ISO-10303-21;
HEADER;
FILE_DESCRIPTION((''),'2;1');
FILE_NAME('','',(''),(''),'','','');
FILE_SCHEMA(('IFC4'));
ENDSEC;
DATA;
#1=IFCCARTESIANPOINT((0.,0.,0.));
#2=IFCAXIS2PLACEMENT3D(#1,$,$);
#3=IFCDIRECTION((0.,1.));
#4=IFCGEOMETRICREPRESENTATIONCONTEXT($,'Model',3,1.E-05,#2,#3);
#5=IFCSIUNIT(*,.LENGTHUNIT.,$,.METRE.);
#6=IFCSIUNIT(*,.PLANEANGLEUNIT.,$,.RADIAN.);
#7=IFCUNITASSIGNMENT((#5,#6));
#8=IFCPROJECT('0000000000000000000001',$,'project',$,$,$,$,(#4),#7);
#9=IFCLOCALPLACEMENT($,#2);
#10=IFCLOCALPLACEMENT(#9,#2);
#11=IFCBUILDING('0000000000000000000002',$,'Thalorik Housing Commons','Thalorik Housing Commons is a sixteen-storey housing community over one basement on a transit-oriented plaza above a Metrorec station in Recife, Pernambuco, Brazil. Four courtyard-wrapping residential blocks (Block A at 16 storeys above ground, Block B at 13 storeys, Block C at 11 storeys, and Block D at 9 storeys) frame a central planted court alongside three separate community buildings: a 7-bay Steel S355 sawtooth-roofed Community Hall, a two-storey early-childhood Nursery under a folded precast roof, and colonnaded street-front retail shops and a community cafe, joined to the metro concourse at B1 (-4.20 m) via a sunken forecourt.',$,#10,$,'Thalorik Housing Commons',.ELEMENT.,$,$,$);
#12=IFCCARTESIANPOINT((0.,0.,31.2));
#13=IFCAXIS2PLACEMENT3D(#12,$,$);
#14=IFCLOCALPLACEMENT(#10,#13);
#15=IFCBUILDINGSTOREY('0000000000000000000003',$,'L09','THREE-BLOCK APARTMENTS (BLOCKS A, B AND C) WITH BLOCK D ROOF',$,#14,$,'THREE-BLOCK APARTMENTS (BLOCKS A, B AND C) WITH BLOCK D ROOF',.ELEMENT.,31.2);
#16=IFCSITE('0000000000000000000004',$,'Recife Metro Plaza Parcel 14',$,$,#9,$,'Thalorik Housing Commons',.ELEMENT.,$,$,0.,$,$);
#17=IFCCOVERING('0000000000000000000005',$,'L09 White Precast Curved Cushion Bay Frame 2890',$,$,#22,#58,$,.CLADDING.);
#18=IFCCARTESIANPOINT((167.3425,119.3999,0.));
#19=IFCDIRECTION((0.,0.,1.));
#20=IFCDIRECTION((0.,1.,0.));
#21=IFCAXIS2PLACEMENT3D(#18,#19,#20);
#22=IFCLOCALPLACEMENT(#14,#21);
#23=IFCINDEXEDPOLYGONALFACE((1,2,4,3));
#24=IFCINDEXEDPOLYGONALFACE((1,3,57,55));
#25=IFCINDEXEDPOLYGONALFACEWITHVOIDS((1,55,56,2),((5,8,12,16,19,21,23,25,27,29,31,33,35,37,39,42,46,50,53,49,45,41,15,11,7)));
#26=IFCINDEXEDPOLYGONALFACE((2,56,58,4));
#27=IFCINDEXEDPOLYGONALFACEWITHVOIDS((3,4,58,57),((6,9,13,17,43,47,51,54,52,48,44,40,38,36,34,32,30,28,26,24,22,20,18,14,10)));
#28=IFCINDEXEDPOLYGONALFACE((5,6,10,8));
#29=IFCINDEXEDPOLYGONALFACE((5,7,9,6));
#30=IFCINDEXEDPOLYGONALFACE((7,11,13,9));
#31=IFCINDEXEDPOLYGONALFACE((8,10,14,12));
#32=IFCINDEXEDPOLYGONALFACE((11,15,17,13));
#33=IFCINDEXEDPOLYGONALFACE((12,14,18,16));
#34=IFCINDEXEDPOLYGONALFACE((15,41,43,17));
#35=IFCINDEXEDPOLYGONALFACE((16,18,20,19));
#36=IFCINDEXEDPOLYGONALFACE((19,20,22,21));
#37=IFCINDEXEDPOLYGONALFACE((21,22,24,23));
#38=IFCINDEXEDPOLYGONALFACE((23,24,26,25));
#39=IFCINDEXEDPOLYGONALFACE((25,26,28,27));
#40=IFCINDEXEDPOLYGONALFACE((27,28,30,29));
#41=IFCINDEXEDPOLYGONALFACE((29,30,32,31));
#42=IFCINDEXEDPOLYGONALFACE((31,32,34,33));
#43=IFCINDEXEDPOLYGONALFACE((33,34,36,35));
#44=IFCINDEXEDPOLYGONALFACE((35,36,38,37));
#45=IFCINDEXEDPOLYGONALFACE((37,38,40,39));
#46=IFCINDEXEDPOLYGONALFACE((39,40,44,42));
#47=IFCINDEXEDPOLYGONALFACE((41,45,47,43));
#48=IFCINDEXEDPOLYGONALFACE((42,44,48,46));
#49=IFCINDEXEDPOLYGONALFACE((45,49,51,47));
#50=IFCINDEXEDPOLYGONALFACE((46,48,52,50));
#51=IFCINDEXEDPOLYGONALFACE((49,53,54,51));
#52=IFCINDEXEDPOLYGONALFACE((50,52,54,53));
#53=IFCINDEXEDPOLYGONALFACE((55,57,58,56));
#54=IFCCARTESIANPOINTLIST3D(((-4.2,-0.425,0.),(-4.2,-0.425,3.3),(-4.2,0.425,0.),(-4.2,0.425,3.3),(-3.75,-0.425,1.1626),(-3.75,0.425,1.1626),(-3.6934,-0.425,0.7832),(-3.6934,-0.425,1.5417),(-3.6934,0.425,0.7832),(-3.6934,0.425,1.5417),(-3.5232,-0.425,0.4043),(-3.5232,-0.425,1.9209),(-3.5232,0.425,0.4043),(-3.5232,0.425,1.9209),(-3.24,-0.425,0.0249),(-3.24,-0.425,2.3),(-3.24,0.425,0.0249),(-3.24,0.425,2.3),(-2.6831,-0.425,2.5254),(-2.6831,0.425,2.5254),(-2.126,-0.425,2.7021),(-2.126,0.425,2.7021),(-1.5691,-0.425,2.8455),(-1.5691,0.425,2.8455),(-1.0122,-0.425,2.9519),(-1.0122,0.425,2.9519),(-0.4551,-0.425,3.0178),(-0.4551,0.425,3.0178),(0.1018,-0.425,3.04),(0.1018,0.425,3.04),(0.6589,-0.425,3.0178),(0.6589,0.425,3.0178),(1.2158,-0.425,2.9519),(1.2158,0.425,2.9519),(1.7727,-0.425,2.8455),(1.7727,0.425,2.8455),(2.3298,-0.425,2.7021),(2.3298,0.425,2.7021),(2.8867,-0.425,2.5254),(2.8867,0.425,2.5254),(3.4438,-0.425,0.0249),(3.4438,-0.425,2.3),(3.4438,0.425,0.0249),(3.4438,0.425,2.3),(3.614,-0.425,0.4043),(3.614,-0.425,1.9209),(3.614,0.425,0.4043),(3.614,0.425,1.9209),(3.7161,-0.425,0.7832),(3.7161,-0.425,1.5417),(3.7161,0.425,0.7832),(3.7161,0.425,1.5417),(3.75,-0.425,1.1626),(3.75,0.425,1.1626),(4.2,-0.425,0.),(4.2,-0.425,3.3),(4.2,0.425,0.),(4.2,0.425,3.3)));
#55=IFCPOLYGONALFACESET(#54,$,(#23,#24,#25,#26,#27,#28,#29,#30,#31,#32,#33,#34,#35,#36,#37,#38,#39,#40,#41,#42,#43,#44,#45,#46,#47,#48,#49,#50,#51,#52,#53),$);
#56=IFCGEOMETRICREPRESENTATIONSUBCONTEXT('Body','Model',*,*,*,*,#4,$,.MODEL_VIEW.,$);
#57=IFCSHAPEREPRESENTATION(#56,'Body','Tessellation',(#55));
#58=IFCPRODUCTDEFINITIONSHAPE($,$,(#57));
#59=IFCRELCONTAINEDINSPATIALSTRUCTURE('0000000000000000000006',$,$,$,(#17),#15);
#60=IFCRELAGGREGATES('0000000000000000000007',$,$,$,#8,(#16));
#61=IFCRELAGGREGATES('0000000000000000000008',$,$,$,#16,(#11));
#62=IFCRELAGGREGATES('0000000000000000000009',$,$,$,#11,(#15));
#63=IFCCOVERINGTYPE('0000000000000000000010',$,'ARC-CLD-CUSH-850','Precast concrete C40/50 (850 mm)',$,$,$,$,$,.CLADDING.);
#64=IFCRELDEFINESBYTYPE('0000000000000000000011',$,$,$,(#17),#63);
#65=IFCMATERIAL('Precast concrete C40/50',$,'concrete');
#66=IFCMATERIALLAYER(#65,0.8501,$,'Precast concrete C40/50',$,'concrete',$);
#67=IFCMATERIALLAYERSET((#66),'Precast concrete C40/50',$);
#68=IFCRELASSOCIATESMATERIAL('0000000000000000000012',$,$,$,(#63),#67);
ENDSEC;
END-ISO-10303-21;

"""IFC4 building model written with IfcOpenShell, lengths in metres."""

from ifc_helpers import new_model, si_unit, direction, frame, origin, place, context, subcontext, project, spatial, polyline, outline, extrude, material, layer, layer_set, type_object, element, save


model = new_model("IFC4")

# Units and contexts
model_context = context("Model", 3, precision=1e-05, world=origin(), true_north=direction((0.0, 1.0)))
body_context = subcontext(model_context, "Body", "Model", "MODEL_VIEW")
ifc_project = project(units=[si_unit("LENGTHUNIT", "METRE"), si_unit("PLANEANGLEUNIT", "RADIAN")], contexts=[model_context])

# Site, building, storey
site_placement = place(None, origin())
site = spatial("IfcSite", under=ifc_project, at=site_placement, Name="Recife Metro Plaza Parcel 14", LongName="Thalorik Housing Commons", CompositionType="ELEMENT", RefElevation=0.0)
building_placement = place(site_placement, origin())
building = spatial("IfcBuilding", under=site, at=building_placement, Name="Thalorik Housing Commons", Description="Thalorik Housing Commons is a sixteen-storey housing community over one basement on a transit-oriented plaza above a Metrorec station in Recife, Pernambuco, Brazil. Four courtyard-wrapping residential blocks (Block A at 16 storeys above ground, Block B at 13 storeys, Block C at 11 storeys, and Block D at 9 storeys) frame a central planted court alongside three separate community buildings: a 7-bay Steel S355 sawtooth-roofed Community Hall, a two-storey early-childhood Nursery under a folded precast roof, and colonnaded street-front retail shops and a community cafe, joined to the metro concourse at B1 (-4.20 m) via a sunken forecourt.", LongName="Thalorik Housing Commons", CompositionType="ELEMENT")
storey_placement = place(building_placement, frame((0.0, 0.0, 31.2)))
storey = spatial("IfcBuildingStorey", under=building, at=storey_placement, Name="L09", Description="THREE-BLOCK APARTMENTS (BLOCKS A, B AND C) WITH BLOCK D ROOF", LongName="THREE-BLOCK APARTMENTS (BLOCKS A, B AND C) WITH BLOCK D ROOF", CompositionType="ELEMENT", Elevation=31.2)

# Shared definitions
ifc_material_1 = material(Name="Precast concrete C40/50", Category="concrete")

# Covering
ifc_layer_1 = layer(ifc_material_1, 0.8501, Name="Precast concrete C40/50", Category="concrete")
ifc_layer_set_1 = layer_set([ifc_layer_1], Name="Precast concrete C40/50")
covering_type = type_object("IfcCoveringType", Name="ARC-CLD-CUSH-850", Description="Precast concrete C40/50 (850 mm)", PredefinedType="CLADDING", material=ifc_layer_set_1)
covering_placement = place(storey_placement, frame((167.3425, 119.3999, 0.0), z_axis=(0.0, 0.0, 1.0), x_axis=(0.0, 1.0, 0.0)))
element("IfcCovering", 1, at=covering_placement, inside=storey, type_object=covering_type, Name="L09 White Precast Curved Cushion Bay Frame 2890", PredefinedType="CLADDING", context=body_context, shape_type="SweptSolid", body=[
    extrude(outline(polyline([(-4.2, 0.0), (4.2, 0.0), (4.2, 3.3), (-4.2, 3.3), (-4.2, 0.0)]), holes=[polyline([(3.4438, 0.0249), (3.614, 0.4043), (3.7161, 0.7832), (3.75, 1.1626), (3.7161, 1.5417), (3.614, 1.9209), (3.4438, 2.3), (2.8867, 2.5254), (2.3298, 2.7021), (1.7727, 2.8455), (1.2158, 2.9519), (0.6589, 3.0178), (0.1018, 3.04), (-0.4551, 3.0178), (-1.0122, 2.9519), (-1.5691, 2.8455), (-2.126, 2.7021), (-2.6831, 2.5254), (-3.24, 2.3), (-3.5232, 1.9209), (-3.6934, 1.5417), (-3.75, 1.1626), (-3.6934, 0.7832), (-3.5232, 0.4043), (-3.24, 0.0249), (3.4438, 0.0249)])]), frame((0.0, 0.425, 0.0), z_axis=(0.0, -1.0, 0.0), x_axis=(1.0, 0.0, 0.0)), (0.0, 0.0, 1.0), 0.8501),
])

save(model, "model.ifc")
